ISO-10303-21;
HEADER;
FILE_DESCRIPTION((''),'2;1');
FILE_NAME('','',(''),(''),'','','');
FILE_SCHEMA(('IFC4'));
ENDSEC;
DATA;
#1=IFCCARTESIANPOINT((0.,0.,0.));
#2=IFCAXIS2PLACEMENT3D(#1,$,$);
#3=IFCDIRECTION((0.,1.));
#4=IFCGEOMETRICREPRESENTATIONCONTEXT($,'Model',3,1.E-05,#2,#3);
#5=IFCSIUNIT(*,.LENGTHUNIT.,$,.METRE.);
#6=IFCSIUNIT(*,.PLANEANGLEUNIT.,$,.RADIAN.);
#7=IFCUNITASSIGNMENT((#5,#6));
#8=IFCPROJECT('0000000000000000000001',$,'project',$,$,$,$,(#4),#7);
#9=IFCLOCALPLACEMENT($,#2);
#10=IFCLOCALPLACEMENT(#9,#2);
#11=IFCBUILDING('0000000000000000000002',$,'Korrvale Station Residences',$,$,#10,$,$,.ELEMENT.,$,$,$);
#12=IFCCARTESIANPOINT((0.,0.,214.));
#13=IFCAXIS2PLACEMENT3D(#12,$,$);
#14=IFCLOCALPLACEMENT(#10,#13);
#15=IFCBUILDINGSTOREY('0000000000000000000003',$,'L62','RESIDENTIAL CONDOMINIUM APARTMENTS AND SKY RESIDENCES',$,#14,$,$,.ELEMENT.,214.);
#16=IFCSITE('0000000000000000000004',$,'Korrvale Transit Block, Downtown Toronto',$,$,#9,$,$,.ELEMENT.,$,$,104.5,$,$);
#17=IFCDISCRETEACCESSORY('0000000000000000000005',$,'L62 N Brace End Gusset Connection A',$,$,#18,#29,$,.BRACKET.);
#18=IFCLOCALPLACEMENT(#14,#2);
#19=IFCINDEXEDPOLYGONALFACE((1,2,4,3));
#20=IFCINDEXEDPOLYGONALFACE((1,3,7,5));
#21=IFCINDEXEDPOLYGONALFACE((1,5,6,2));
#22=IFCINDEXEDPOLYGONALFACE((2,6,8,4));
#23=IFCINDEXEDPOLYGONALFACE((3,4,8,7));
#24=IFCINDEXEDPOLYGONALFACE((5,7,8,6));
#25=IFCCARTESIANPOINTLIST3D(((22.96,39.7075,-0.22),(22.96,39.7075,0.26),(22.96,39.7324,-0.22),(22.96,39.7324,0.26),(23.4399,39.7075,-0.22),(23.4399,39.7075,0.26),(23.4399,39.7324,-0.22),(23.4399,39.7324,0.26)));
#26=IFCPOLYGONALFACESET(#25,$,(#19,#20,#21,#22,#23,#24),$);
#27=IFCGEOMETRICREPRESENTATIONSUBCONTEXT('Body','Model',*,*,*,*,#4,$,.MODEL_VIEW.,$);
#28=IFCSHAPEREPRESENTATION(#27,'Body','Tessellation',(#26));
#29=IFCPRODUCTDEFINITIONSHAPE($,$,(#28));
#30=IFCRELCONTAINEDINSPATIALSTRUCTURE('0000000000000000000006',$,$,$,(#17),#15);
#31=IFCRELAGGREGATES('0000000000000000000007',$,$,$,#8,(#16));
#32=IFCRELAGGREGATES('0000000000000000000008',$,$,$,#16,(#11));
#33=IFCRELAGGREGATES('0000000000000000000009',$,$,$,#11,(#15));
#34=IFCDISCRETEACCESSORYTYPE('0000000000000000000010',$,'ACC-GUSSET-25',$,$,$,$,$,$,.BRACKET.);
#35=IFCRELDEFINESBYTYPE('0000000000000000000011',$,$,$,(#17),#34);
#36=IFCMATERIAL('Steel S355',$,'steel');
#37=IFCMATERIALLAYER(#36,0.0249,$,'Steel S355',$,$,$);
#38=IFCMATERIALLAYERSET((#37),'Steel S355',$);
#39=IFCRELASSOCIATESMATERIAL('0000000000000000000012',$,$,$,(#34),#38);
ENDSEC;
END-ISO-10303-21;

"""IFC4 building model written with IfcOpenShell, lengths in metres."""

from ifc_helpers import new_model, si_unit, direction, frame, origin, origin_2d, place, context, subcontext, project, spatial, rectangle, extrude, material, layer, layer_set, type_object, element, save


model = new_model("IFC4")

# Units and contexts
model_context = context("Model", 3, precision=1e-05, world=origin(), true_north=direction((0.0, 1.0)))
body_context = subcontext(model_context, "Body", "Model", "MODEL_VIEW")
ifc_project = project(units=[si_unit("LENGTHUNIT", "METRE"), si_unit("PLANEANGLEUNIT", "RADIAN")], contexts=[model_context])

# Site, building, storey
site_placement = place(None, origin())
site = spatial("IfcSite", under=ifc_project, at=site_placement, Name="Korrvale Transit Block, Downtown Toronto", CompositionType="ELEMENT", RefElevation=104.5)
building_placement = place(site_placement, origin())
building = spatial("IfcBuilding", under=site, at=building_placement, Name="Korrvale Station Residences", CompositionType="ELEMENT")
storey_placement = place(building_placement, frame((0.0, 0.0, 214.0)))
storey = spatial("IfcBuildingStorey", under=building, at=storey_placement, Name="L62", Description="RESIDENTIAL CONDOMINIUM APARTMENTS AND SKY RESIDENCES", CompositionType="ELEMENT", Elevation=214.0)

# Shared definitions
ifc_material_1 = material(Name="Steel S355", Category="steel")

# Discrete accessory
ifc_layer_1 = layer(ifc_material_1, 0.0249, Name="Steel S355")
ifc_layer_set_1 = layer_set([ifc_layer_1], Name="Steel S355")
discrete_accessory_type = type_object("IfcDiscreteAccessoryType", Name="ACC-GUSSET-25", PredefinedType="BRACKET", material=ifc_layer_set_1)
discrete_accessory_placement = place(storey_placement, frame((23.2, 39.72, -0.22), z_axis=(0.0, 0.0, 1.0), x_axis=(1.0, 0.0, 0.0)))
element("IfcDiscreteAccessory", 1, at=discrete_accessory_placement, inside=storey, type_object=discrete_accessory_type, Name="L62 N Brace End Gusset Connection A", PredefinedType="BRACKET", context=body_context, shape_type="SweptSolid", body=[
    extrude(rectangle(XDim=0.48, YDim=0.0249, at=origin_2d()), origin(), (0.0, 0.0, 1.0), 0.48),
])

save(model, "model.ifc")
